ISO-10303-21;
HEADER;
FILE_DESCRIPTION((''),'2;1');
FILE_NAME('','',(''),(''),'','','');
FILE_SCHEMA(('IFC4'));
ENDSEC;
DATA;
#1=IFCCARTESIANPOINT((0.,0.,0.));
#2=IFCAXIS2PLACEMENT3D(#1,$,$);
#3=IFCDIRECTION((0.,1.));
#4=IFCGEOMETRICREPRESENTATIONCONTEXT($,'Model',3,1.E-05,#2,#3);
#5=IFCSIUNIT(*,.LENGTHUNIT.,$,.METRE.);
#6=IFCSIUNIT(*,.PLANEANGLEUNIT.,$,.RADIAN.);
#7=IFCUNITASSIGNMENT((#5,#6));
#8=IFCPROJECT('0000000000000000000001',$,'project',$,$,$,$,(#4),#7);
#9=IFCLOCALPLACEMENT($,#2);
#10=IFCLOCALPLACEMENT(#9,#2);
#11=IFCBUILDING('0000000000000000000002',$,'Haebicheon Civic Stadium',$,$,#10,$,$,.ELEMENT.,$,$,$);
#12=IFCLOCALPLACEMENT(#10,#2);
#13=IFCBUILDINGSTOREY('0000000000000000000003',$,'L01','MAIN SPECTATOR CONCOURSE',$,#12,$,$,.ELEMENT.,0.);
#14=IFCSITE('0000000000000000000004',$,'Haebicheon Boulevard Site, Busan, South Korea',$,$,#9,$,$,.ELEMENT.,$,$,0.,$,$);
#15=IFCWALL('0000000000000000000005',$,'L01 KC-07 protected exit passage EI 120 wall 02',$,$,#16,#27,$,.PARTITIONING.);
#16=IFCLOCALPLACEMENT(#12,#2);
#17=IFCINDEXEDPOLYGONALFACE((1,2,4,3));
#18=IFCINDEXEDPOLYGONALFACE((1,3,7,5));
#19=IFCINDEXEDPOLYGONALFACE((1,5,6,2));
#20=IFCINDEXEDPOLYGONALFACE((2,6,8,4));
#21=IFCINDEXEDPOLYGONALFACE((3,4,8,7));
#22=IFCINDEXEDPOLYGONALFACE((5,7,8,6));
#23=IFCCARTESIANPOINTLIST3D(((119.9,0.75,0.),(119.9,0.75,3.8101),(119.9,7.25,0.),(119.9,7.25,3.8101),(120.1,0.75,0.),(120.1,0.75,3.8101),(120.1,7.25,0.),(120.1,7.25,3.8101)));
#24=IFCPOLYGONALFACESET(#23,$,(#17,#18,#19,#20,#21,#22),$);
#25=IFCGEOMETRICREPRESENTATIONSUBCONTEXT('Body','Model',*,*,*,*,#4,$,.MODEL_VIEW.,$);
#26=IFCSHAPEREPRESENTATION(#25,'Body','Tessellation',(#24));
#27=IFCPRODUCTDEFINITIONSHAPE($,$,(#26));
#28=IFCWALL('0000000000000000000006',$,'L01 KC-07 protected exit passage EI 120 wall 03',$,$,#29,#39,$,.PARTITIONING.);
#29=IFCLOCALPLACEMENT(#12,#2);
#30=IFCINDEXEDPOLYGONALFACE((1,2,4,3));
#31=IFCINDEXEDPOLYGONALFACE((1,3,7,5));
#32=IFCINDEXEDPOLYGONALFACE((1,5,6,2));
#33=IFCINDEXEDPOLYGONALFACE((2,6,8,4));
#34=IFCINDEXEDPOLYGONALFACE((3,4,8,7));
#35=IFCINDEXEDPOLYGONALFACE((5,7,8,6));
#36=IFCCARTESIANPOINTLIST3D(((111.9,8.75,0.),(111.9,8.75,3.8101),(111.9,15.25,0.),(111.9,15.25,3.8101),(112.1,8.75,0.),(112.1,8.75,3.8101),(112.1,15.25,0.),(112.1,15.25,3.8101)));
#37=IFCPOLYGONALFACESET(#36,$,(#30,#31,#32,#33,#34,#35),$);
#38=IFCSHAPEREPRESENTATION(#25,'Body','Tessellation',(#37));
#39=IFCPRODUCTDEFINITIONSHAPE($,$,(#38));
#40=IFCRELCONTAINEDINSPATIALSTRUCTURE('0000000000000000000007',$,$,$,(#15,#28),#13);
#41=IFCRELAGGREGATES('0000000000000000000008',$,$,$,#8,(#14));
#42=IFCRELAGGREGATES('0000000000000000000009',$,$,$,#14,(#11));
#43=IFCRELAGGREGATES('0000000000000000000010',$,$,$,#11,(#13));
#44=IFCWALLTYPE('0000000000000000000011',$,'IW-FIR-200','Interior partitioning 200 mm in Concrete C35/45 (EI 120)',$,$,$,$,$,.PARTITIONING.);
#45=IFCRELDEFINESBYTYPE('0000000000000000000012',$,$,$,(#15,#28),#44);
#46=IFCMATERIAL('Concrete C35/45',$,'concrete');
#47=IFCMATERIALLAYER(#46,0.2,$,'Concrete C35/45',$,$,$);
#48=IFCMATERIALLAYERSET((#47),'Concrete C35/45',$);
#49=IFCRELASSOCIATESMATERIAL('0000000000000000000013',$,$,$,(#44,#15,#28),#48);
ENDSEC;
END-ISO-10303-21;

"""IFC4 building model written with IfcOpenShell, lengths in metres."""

from ifc_helpers import new_model, si_unit, direction, frame, frame_2d, origin, place, context, subcontext, project, spatial, rectangle, extrude, material, layer, layer_set, type_object, element, save


model = new_model("IFC4")

# Units and contexts
model_context = context("Model", 3, precision=1e-05, world=origin(), true_north=direction((0.0, 1.0)))
body_context = subcontext(model_context, "Body", "Model", "MODEL_VIEW")
ifc_project = project(units=[si_unit("LENGTHUNIT", "METRE"), si_unit("PLANEANGLEUNIT", "RADIAN")], contexts=[model_context])

# Site, building, storey
site_placement = place(None, origin())
site = spatial("IfcSite", under=ifc_project, at=site_placement, Name="Haebicheon Boulevard Site, Busan, South Korea", CompositionType="ELEMENT", RefElevation=0.0)
building_placement = place(site_placement, origin())
building = spatial("IfcBuilding", under=site, at=building_placement, Name="Haebicheon Civic Stadium", CompositionType="ELEMENT")
storey_placement = place(building_placement, origin())
storey = spatial("IfcBuildingStorey", under=building, at=storey_placement, Name="L01", Description="MAIN SPECTATOR CONCOURSE", CompositionType="ELEMENT", Elevation=0.0)

# Shared definitions
ifc_material_1 = material(Name="Concrete C35/45", Category="concrete")
ifc_layer_1 = layer(ifc_material_1, 0.2, Name="Concrete C35/45")
ifc_layer_set_1 = layer_set([ifc_layer_1], Name="Concrete C35/45")
wall_type_1 = type_object("IfcWallType", Name="IW-FIR-200", Description="Interior partitioning 200 mm in Concrete C35/45 (EI 120)", PredefinedType="PARTITIONING", material=ifc_layer_set_1)

# Walls
for number, where, z_axis, x_axis, name in (
    (1, (120.0, 0.75, 0.0), (0.0, 0.0, 1.0), (0.0, 1.0, 0.0), "L01 KC-07 protected exit passage EI 120 wall 02"),
    (2, (112.0, 8.75, 0.0), (0.0, 0.0, 1.0), (0.0, 1.0, 0.0), "L01 KC-07 protected exit passage EI 120 wall 03"),
):
    element("IfcWall", number, at=place(storey_placement, frame(where, z_axis=z_axis, x_axis=x_axis)), inside=storey, type_object=wall_type_1, material=ifc_layer_set_1, Name=name, PredefinedType="PARTITIONING", context=body_context, shape_type="SweptSolid", body=[
        extrude(rectangle(XDim=6.5, YDim=0.2, at=frame_2d((3.25, 0.0))), origin(), (0.0, 0.0, 1.0), 3.8101),
    ])

save(model, "model.ifc")
